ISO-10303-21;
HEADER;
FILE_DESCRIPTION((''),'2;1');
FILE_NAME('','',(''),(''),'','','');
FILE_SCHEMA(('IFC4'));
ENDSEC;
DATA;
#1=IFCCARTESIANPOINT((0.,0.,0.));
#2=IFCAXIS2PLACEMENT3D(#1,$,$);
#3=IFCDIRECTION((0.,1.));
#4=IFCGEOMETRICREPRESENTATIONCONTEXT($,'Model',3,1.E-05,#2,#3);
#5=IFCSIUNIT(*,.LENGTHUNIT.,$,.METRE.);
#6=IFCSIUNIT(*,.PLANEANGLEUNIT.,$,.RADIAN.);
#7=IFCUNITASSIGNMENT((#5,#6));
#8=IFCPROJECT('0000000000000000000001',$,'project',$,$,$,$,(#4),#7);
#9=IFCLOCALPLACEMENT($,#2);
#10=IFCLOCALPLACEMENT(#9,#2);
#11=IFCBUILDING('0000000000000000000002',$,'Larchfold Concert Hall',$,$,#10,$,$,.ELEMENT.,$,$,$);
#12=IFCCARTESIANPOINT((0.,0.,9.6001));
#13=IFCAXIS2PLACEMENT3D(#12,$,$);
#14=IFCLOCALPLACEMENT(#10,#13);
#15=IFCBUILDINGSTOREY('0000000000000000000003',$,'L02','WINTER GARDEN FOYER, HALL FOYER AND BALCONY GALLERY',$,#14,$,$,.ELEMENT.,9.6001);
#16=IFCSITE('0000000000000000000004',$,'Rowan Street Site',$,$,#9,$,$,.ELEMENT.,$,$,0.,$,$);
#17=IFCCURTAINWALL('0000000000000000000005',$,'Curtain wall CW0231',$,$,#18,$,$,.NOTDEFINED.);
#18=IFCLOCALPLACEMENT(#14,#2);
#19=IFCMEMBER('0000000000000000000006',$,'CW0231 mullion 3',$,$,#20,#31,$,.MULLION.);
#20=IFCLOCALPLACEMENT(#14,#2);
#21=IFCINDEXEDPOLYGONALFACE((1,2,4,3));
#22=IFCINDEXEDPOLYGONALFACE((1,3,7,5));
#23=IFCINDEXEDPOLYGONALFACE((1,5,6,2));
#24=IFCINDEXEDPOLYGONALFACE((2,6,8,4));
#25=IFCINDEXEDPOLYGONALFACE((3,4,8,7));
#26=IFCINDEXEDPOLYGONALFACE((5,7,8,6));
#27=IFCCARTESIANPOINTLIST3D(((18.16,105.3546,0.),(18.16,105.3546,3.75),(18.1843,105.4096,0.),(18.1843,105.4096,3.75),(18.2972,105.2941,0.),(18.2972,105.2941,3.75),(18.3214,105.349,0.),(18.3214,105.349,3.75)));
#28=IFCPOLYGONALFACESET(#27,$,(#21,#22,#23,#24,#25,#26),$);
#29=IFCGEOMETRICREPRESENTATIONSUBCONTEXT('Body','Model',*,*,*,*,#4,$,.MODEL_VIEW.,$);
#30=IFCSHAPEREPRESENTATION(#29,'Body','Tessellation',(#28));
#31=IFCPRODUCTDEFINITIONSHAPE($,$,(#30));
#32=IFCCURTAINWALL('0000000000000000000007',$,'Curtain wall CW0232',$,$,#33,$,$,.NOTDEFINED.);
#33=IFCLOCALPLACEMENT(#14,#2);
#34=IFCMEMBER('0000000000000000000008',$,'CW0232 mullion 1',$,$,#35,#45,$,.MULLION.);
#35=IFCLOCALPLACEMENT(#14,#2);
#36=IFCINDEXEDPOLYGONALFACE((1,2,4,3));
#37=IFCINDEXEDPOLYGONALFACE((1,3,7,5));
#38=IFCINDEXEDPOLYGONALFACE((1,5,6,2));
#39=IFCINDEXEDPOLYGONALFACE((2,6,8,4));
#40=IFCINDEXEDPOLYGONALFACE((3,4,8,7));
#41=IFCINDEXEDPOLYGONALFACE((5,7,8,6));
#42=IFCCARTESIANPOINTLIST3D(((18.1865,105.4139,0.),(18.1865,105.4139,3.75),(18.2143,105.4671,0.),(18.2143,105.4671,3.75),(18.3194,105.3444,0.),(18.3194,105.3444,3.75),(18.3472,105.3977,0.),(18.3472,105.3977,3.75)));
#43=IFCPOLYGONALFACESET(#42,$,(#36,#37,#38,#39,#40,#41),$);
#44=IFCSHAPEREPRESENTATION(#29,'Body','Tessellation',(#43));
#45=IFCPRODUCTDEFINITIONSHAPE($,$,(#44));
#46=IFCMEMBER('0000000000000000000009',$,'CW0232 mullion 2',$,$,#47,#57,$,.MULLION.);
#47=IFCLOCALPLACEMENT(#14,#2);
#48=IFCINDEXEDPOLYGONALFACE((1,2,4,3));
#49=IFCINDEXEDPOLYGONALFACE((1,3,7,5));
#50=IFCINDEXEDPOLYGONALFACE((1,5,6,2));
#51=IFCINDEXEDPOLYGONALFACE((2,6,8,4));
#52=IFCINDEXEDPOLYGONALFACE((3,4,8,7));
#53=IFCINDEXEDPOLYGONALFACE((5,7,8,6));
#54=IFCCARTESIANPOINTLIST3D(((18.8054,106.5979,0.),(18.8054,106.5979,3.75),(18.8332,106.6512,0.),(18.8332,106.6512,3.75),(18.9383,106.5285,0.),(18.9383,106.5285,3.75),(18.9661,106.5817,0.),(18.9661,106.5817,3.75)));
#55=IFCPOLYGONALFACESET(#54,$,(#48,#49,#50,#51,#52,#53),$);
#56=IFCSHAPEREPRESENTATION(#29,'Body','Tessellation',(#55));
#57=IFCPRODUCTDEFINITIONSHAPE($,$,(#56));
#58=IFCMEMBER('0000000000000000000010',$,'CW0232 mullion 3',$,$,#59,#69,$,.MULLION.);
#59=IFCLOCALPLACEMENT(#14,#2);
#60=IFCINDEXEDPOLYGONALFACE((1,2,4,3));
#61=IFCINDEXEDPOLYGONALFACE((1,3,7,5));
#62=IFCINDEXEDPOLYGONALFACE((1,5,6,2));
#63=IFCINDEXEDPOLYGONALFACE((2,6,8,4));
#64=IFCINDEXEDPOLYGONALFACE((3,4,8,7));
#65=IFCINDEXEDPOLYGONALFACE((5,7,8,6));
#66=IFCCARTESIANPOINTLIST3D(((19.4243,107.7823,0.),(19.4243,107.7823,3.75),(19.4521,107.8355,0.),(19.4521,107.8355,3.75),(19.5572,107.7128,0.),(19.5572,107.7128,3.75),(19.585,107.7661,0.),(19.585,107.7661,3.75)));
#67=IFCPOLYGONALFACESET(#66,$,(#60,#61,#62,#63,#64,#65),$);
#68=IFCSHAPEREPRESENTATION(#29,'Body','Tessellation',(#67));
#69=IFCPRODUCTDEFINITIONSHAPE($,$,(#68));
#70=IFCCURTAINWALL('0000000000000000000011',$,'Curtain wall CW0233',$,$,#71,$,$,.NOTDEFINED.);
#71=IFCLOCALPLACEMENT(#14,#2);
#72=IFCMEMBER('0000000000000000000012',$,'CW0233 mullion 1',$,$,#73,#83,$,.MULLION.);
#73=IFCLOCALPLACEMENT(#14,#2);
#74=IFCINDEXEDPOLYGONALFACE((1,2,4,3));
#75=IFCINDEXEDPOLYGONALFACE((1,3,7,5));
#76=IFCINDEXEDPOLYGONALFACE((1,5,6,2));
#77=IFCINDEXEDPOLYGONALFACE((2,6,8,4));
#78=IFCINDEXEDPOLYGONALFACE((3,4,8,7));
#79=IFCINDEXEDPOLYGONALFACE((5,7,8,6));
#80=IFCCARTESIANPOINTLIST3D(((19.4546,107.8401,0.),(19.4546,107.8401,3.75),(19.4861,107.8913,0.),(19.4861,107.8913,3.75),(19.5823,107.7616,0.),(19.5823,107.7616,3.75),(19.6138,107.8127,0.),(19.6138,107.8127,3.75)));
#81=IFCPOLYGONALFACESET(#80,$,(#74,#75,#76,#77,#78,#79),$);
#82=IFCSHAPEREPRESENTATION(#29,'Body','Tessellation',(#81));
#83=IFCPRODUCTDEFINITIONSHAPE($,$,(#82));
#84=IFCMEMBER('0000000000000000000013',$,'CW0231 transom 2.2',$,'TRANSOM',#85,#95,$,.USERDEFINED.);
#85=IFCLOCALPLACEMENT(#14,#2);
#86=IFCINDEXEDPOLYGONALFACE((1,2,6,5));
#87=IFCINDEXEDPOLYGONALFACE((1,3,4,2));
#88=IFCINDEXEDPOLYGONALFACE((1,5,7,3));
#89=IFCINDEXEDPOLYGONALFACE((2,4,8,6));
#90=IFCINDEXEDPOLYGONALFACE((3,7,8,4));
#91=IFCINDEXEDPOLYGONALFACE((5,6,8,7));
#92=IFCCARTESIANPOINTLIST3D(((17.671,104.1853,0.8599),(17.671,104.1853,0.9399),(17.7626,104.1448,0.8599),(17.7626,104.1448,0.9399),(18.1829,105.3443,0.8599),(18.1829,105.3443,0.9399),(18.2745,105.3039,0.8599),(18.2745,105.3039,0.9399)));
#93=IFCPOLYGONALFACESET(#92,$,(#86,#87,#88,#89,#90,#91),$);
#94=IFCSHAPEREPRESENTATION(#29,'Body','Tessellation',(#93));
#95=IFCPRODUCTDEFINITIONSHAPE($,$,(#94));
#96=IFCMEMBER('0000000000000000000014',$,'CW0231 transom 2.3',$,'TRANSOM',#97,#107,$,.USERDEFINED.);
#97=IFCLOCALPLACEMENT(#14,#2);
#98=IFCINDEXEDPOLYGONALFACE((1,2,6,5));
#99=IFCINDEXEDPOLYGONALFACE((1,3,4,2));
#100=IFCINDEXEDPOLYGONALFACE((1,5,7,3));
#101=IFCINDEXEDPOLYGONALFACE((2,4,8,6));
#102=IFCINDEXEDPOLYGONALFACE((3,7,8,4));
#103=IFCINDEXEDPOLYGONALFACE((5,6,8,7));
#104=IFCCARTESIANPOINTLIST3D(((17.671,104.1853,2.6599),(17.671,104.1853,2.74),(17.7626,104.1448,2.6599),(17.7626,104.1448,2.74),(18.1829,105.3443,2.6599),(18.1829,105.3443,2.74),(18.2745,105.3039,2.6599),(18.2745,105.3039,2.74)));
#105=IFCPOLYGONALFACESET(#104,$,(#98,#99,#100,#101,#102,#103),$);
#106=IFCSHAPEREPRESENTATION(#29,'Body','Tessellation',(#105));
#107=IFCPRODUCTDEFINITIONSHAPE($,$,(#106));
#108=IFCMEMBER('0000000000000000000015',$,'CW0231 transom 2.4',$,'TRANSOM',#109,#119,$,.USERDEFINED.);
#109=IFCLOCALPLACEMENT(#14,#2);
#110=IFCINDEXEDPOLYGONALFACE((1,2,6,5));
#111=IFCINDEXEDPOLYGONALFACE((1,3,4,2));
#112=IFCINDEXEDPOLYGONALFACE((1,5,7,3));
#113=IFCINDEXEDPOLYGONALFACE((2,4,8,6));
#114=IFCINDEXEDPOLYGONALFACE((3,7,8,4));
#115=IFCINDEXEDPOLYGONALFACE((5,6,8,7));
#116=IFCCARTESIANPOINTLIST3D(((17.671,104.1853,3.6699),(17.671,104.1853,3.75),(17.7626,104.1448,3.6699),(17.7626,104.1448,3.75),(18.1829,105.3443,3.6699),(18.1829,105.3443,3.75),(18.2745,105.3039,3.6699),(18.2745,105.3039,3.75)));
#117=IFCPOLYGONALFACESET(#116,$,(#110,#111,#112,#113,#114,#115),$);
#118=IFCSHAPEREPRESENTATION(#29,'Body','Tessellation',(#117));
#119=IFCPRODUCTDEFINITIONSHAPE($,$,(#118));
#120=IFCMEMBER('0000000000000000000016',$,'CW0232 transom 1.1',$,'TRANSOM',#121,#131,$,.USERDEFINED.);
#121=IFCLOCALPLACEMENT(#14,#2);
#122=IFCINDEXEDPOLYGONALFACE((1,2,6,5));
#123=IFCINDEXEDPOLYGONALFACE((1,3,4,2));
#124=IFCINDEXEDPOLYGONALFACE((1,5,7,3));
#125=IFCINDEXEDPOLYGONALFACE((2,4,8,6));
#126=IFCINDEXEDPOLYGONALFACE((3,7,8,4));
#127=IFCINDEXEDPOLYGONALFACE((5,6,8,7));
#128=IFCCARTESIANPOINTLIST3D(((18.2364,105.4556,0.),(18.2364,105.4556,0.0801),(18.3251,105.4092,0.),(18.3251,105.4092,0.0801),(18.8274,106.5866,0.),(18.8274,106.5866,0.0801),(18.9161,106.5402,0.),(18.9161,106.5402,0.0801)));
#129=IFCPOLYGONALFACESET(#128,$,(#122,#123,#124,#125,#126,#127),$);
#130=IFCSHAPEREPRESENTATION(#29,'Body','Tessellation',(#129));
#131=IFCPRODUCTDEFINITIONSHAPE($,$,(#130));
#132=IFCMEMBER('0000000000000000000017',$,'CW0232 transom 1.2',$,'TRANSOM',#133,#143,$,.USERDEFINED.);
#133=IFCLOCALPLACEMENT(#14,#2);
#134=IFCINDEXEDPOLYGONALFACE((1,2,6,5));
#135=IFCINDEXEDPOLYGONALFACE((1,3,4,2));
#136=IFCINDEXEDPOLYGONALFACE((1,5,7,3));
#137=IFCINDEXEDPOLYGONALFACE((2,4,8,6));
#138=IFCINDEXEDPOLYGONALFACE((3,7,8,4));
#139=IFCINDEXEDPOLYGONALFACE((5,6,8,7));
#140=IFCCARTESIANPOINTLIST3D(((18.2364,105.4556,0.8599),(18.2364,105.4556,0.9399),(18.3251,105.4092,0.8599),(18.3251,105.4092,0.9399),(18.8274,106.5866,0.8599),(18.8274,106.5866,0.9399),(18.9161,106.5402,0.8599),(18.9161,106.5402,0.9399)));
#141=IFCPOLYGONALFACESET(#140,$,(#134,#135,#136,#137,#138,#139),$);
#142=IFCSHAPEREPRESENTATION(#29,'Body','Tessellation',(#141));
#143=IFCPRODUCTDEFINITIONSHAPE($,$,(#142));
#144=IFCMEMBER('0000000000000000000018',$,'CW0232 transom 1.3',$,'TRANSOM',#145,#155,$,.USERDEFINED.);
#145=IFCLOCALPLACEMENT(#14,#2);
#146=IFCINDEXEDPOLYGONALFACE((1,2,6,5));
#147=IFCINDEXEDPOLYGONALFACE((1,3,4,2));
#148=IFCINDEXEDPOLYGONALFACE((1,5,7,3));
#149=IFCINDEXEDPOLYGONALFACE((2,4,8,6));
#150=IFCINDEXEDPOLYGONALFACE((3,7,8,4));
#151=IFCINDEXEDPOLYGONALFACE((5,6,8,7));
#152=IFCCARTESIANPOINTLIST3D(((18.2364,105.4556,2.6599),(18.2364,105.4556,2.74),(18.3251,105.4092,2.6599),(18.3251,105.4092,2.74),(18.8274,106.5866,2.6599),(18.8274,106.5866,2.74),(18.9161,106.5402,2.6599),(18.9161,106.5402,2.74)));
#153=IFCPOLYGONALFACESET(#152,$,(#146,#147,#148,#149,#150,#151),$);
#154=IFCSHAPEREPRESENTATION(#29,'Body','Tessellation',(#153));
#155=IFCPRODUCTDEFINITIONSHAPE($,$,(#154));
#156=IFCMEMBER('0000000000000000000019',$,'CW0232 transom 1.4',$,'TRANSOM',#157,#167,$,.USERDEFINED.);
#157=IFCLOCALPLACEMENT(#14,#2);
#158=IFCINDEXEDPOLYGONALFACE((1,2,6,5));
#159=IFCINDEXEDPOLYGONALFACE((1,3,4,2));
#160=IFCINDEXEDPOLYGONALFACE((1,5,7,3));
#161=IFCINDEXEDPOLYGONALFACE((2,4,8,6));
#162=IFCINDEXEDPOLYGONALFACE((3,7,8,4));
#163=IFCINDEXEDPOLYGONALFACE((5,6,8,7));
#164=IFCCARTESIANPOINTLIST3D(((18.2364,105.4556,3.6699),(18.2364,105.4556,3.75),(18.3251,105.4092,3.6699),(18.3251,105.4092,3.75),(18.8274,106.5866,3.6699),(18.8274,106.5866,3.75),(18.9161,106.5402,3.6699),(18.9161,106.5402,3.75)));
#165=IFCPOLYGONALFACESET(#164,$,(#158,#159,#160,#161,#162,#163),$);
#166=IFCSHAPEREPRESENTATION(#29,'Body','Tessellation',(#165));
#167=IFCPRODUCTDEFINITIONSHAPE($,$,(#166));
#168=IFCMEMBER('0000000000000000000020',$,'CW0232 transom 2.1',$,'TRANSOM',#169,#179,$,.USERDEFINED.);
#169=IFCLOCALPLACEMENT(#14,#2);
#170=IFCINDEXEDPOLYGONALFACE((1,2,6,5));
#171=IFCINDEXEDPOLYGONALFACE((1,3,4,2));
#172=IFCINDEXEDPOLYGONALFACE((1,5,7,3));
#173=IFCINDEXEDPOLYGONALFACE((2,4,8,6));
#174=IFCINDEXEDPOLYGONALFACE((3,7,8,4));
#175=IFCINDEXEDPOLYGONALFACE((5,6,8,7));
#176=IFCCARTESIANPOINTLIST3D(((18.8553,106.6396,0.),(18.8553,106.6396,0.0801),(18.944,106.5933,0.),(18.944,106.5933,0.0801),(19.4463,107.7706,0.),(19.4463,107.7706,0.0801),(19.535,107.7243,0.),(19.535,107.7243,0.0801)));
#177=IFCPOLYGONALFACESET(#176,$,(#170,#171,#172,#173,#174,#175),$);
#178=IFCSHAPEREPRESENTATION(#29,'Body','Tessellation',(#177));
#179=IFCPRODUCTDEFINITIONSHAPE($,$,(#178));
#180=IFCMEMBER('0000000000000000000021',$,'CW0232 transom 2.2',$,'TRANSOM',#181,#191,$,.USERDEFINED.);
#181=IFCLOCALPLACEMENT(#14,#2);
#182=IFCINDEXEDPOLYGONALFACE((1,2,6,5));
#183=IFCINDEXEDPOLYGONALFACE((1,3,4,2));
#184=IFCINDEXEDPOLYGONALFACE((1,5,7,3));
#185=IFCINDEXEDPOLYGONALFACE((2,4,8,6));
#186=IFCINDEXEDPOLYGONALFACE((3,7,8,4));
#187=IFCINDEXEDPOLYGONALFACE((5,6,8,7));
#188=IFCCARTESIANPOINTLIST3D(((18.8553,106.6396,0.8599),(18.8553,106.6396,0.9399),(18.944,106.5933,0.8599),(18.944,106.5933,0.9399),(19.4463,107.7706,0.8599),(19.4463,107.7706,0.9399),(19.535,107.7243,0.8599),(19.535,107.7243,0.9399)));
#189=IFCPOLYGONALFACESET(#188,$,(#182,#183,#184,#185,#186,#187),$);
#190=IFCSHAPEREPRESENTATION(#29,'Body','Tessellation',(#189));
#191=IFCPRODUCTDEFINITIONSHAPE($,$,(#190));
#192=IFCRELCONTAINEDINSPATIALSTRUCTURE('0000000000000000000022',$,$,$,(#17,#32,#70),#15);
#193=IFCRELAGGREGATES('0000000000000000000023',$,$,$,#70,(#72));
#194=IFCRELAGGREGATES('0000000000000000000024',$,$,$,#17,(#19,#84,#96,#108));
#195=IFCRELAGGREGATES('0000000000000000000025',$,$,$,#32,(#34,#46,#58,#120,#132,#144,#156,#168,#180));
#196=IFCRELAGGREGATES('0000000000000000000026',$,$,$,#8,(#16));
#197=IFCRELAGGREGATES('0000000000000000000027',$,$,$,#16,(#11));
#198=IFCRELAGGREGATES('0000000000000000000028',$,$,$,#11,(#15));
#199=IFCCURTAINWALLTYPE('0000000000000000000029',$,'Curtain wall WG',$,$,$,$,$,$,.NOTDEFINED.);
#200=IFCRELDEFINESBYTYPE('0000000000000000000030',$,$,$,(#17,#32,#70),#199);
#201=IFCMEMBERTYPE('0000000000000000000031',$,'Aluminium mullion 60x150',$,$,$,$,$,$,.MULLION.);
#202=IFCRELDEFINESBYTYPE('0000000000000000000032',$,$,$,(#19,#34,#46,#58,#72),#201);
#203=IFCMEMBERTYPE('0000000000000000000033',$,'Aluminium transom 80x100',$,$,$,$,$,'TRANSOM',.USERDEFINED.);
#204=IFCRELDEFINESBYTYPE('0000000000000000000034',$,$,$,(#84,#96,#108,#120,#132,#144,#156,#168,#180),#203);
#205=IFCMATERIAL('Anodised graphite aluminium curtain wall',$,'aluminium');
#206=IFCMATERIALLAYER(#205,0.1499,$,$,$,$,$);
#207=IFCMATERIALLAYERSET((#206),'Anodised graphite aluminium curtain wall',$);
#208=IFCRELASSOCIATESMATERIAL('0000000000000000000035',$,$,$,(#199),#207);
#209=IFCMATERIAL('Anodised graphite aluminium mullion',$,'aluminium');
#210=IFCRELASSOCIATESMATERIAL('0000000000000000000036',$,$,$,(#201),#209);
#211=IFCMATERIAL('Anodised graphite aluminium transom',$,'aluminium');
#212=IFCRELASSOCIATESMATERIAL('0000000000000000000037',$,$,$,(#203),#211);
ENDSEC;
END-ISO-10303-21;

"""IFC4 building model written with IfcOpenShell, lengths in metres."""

from ifc_helpers import new_model, si_unit, direction, frame, origin, origin_2d, place, context, subcontext, project, spatial, rectangle, extrude, material, layer, layer_set, material_profile, profile_set, type_object, element, aggregate, save


model = new_model("IFC4")

# Units and contexts
model_context = context("Model", 3, precision=1e-05, world=origin(), true_north=direction((0.0, 1.0)))
body_context = subcontext(model_context, "Body", "Model", "MODEL_VIEW")
ifc_project = project(units=[si_unit("LENGTHUNIT", "METRE"), si_unit("PLANEANGLEUNIT", "RADIAN")], contexts=[model_context])

# Site, building, storey
site_placement = place(None, origin())
site = spatial("IfcSite", under=ifc_project, at=site_placement, Name="Rowan Street Site", CompositionType="ELEMENT", RefElevation=0.0)
building_placement = place(site_placement, origin())
building = spatial("IfcBuilding", under=site, at=building_placement, Name="Larchfold Concert Hall", CompositionType="ELEMENT")
storey_placement = place(building_placement, frame((0.0, 0.0, 9.6001)))
storey = spatial("IfcBuildingStorey", under=building, at=storey_placement, Name="L02", Description="WINTER GARDEN FOYER, HALL FOYER AND BALCONY GALLERY", CompositionType="ELEMENT", Elevation=9.6001)

# Curtain wall, member
ifc_material_1 = material(Name="Anodised graphite aluminium curtain wall", Category="aluminium")
ifc_layer_1 = layer(ifc_material_1, 0.1499)
ifc_layer_set_1 = layer_set([ifc_layer_1], Name="Anodised graphite aluminium curtain wall")
curtain_wall_type = type_object("IfcCurtainWallType", Name="Curtain wall WG", PredefinedType="NOTDEFINED", material=ifc_layer_set_1)
curtain_wall_1_placement = place(storey_placement, origin())
curtain_wall_1 = element("IfcCurtainWall", 1, at=curtain_wall_1_placement, inside=storey, type_object=curtain_wall_type, Name="Curtain wall CW0231", PredefinedType="NOTDEFINED")
ifc_material_2 = material(Name="Anodised graphite aluminium mullion", Category="aluminium")
ifc_material_profile_1 = material_profile(ifc_material_2, rectangle(XDim=0.1499, YDim=0.0601, at=origin_2d()))
ifc_profile_set_1 = profile_set([ifc_material_profile_1], Name="Anodised graphite aluminium mullion")
member_type_1 = type_object("IfcMemberType", Name="Aluminium mullion 60x150", PredefinedType="MULLION", material=ifc_profile_set_1)
member_1_placement = place(storey_placement, frame((18.2407, 105.3518, 0.0), z_axis=(0.0, 0.0, 1.0), x_axis=(-0.914744, 0.404034, 0.0)))
member_1 = element("IfcMember", 2, at=member_1_placement, type_object=member_type_1, Name="CW0231 mullion 3", PredefinedType="MULLION", context=body_context, shape_type="SweptSolid", body=[
    extrude(rectangle(XDim=0.1499, YDim=0.0601, at=origin_2d()), origin(), (0.0, 0.0, 1.0), 3.75),
])

# Curtain wall, members
curtain_wall_2_placement = place(storey_placement, origin())
curtain_wall_2 = element("IfcCurtainWall", 3, at=curtain_wall_2_placement, inside=storey, type_object=curtain_wall_type, Name="Curtain wall CW0232", PredefinedType="NOTDEFINED")
member_2_placement = place(storey_placement, frame((18.2668, 105.4058, 0.0), z_axis=(0.0, 0.0, 1.0), x_axis=(-0.88626, 0.463189, 0.0)))
member_2 = element("IfcMember", 4, at=member_2_placement, type_object=member_type_1, Name="CW0232 mullion 1", PredefinedType="MULLION", context=body_context, shape_type="SweptSolid", body=[
    extrude(rectangle(XDim=0.1499, YDim=0.0601, at=origin_2d()), origin(), (0.0, 0.0, 1.0), 3.75),
])
member_3_placement = place(storey_placement, frame((18.8857, 106.5898, 0.0), z_axis=(0.0, 0.0, 1.0), x_axis=(-0.88626, 0.463189, 0.0)))
member_3 = element("IfcMember", 5, at=member_3_placement, type_object=member_type_1, Name="CW0232 mullion 2", PredefinedType="MULLION", context=body_context, shape_type="SweptSolid", body=[
    extrude(rectangle(XDim=0.1499, YDim=0.0601, at=origin_2d()), origin(), (0.0, 0.0, 1.0), 3.75),
])
member_4_placement = place(storey_placement, frame((19.5046, 107.7742, 0.0), z_axis=(0.0, 0.0, 1.0), x_axis=(-0.88626, 0.463189, 0.0)))
member_4 = element("IfcMember", 6, at=member_4_placement, type_object=member_type_1, Name="CW0232 mullion 3", PredefinedType="MULLION", context=body_context, shape_type="SweptSolid", body=[
    extrude(rectangle(XDim=0.1499, YDim=0.0601, at=origin_2d()), origin(), (0.0, 0.0, 1.0), 3.75),
])

# Curtain wall, member
curtain_wall_3_placement = place(storey_placement, origin())
curtain_wall_3 = element("IfcCurtainWall", 7, at=curtain_wall_3_placement, inside=storey, type_object=curtain_wall_type, Name="Curtain wall CW0233", PredefinedType="NOTDEFINED")
member_5_placement = place(storey_placement, frame((19.5342, 107.8264, 0.0), z_axis=(0.0, 0.0, 1.0), x_axis=(-0.851668, 0.524082, 0.0)))
member_5 = element("IfcMember", 8, at=member_5_placement, type_object=member_type_1, Name="CW0233 mullion 1", PredefinedType="MULLION", context=body_context, shape_type="SweptSolid", body=[
    extrude(rectangle(XDim=0.1499, YDim=0.0601, at=origin_2d()), origin(), (0.0, 0.0, 1.0), 3.75),
])

# Members
ifc_material_3 = material(Name="Anodised graphite aluminium transom", Category="aluminium")
ifc_material_profile_2 = material_profile(ifc_material_3, rectangle(XDim=0.1001, YDim=0.0801, at=origin_2d()))
ifc_profile_set_2 = profile_set([ifc_material_profile_2], Name="Anodised graphite aluminium transom")
member_type_2 = type_object("IfcMemberType", Name="Aluminium transom 80x100", ElementType="TRANSOM", PredefinedType="USERDEFINED", material=ifc_profile_set_2)
member_6_placement = place(storey_placement, frame((17.7168, 104.165, 0.8999), z_axis=(0.40401, 0.914755, 0.0), x_axis=(-0.914755, 0.40401, 0.0)))
member_6 = element("IfcMember", 9, at=member_6_placement, type_object=member_type_2, Name="CW0231 transom 2.2", ObjectType="TRANSOM", PredefinedType="USERDEFINED", context=body_context, shape_type="SweptSolid", body=[
    extrude(rectangle(XDim=0.1001, YDim=0.0801, at=origin_2d()), origin(), (0.0, 0.0, 1.0), 1.2671),
])
member_7_placement = place(storey_placement, frame((17.7168, 104.165, 2.7), z_axis=(0.40401, 0.914755, 0.0), x_axis=(-0.914755, 0.40401, 0.0)))
member_7 = element("IfcMember", 10, at=member_7_placement, type_object=member_type_2, Name="CW0231 transom 2.3", ObjectType="TRANSOM", PredefinedType="USERDEFINED", context=body_context, shape_type="SweptSolid", body=[
    extrude(rectangle(XDim=0.1001, YDim=0.0801, at=origin_2d()), origin(), (0.0, 0.0, 1.0), 1.2671),
])
member_8_placement = place(storey_placement, frame((17.7168, 104.165, 3.71), z_axis=(0.40401, 0.914755, 0.0), x_axis=(-0.914755, 0.40401, 0.0)))
member_8 = element("IfcMember", 11, at=member_8_placement, type_object=member_type_2, Name="CW0231 transom 2.4", ObjectType="TRANSOM", PredefinedType="USERDEFINED", context=body_context, shape_type="SweptSolid", body=[
    extrude(rectangle(XDim=0.1001, YDim=0.0801, at=origin_2d()), origin(), (0.0, 0.0, 1.0), 1.2671),
])
member_9_placement = place(storey_placement, frame((18.2808, 105.4324, 0.04), z_axis=(0.463135, 0.886288, 0.0), x_axis=(-0.886288, 0.463135, 0.0)))
member_9 = element("IfcMember", 12, at=member_9_placement, type_object=member_type_2, Name="CW0232 transom 1.1", ObjectType="TRANSOM", PredefinedType="USERDEFINED", context=body_context, shape_type="SweptSolid", body=[
    extrude(rectangle(XDim=0.1001, YDim=0.0801, at=origin_2d()), origin(), (0.0, 0.0, 1.0), 1.2761),
])
member_10_placement = place(storey_placement, frame((18.2808, 105.4324, 0.8999), z_axis=(0.463135, 0.886288, 0.0), x_axis=(-0.886288, 0.463135, 0.0)))
member_10 = element("IfcMember", 13, at=member_10_placement, type_object=member_type_2, Name="CW0232 transom 1.2", ObjectType="TRANSOM", PredefinedType="USERDEFINED", context=body_context, shape_type="SweptSolid", body=[
    extrude(rectangle(XDim=0.1001, YDim=0.0801, at=origin_2d()), origin(), (0.0, 0.0, 1.0), 1.2761),
])
member_11_placement = place(storey_placement, frame((18.2808, 105.4324, 2.7), z_axis=(0.463135, 0.886288, 0.0), x_axis=(-0.886288, 0.463135, 0.0)))
member_11 = element("IfcMember", 14, at=member_11_placement, type_object=member_type_2, Name="CW0232 transom 1.3", ObjectType="TRANSOM", PredefinedType="USERDEFINED", context=body_context, shape_type="SweptSolid", body=[
    extrude(rectangle(XDim=0.1001, YDim=0.0801, at=origin_2d()), origin(), (0.0, 0.0, 1.0), 1.2761),
])
member_12_placement = place(storey_placement, frame((18.2808, 105.4324, 3.71), z_axis=(0.463135, 0.886288, 0.0), x_axis=(-0.886288, 0.463135, 0.0)))
member_12 = element("IfcMember", 15, at=member_12_placement, type_object=member_type_2, Name="CW0232 transom 1.4", ObjectType="TRANSOM", PredefinedType="USERDEFINED", context=body_context, shape_type="SweptSolid", body=[
    extrude(rectangle(XDim=0.1001, YDim=0.0801, at=origin_2d()), origin(), (0.0, 0.0, 1.0), 1.2761),
])
member_13_placement = place(storey_placement, frame((18.8997, 106.6165, 0.04), z_axis=(0.463135, 0.886288, 0.0), x_axis=(-0.886288, 0.463135, 0.0)))
member_13 = element("IfcMember", 16, at=member_13_placement, type_object=member_type_2, Name="CW0232 transom 2.1", ObjectType="TRANSOM", PredefinedType="USERDEFINED", context=body_context, shape_type="SweptSolid", body=[
    extrude(rectangle(XDim=0.1001, YDim=0.0801, at=origin_2d()), origin(), (0.0, 0.0, 1.0), 1.2761),
])
member_14_placement = place(storey_placement, frame((18.8997, 106.6165, 0.8999), z_axis=(0.463135, 0.886288, 0.0), x_axis=(-0.886288, 0.463135, 0.0)))
member_14 = element("IfcMember", 17, at=member_14_placement, type_object=member_type_2, Name="CW0232 transom 2.2", ObjectType="TRANSOM", PredefinedType="USERDEFINED", context=body_context, shape_type="SweptSolid", body=[
    extrude(rectangle(XDim=0.1001, YDim=0.0801, at=origin_2d()), origin(), (0.0, 0.0, 1.0), 1.2761),
])
aggregate(curtain_wall_3, [member_5])

aggregate(curtain_wall_1, [member_1, member_6, member_7, member_8])
aggregate(curtain_wall_2, [member_2, member_3, member_4, member_9, member_10, member_11, member_12, member_13, member_14])

save(model, "model.ifc")
